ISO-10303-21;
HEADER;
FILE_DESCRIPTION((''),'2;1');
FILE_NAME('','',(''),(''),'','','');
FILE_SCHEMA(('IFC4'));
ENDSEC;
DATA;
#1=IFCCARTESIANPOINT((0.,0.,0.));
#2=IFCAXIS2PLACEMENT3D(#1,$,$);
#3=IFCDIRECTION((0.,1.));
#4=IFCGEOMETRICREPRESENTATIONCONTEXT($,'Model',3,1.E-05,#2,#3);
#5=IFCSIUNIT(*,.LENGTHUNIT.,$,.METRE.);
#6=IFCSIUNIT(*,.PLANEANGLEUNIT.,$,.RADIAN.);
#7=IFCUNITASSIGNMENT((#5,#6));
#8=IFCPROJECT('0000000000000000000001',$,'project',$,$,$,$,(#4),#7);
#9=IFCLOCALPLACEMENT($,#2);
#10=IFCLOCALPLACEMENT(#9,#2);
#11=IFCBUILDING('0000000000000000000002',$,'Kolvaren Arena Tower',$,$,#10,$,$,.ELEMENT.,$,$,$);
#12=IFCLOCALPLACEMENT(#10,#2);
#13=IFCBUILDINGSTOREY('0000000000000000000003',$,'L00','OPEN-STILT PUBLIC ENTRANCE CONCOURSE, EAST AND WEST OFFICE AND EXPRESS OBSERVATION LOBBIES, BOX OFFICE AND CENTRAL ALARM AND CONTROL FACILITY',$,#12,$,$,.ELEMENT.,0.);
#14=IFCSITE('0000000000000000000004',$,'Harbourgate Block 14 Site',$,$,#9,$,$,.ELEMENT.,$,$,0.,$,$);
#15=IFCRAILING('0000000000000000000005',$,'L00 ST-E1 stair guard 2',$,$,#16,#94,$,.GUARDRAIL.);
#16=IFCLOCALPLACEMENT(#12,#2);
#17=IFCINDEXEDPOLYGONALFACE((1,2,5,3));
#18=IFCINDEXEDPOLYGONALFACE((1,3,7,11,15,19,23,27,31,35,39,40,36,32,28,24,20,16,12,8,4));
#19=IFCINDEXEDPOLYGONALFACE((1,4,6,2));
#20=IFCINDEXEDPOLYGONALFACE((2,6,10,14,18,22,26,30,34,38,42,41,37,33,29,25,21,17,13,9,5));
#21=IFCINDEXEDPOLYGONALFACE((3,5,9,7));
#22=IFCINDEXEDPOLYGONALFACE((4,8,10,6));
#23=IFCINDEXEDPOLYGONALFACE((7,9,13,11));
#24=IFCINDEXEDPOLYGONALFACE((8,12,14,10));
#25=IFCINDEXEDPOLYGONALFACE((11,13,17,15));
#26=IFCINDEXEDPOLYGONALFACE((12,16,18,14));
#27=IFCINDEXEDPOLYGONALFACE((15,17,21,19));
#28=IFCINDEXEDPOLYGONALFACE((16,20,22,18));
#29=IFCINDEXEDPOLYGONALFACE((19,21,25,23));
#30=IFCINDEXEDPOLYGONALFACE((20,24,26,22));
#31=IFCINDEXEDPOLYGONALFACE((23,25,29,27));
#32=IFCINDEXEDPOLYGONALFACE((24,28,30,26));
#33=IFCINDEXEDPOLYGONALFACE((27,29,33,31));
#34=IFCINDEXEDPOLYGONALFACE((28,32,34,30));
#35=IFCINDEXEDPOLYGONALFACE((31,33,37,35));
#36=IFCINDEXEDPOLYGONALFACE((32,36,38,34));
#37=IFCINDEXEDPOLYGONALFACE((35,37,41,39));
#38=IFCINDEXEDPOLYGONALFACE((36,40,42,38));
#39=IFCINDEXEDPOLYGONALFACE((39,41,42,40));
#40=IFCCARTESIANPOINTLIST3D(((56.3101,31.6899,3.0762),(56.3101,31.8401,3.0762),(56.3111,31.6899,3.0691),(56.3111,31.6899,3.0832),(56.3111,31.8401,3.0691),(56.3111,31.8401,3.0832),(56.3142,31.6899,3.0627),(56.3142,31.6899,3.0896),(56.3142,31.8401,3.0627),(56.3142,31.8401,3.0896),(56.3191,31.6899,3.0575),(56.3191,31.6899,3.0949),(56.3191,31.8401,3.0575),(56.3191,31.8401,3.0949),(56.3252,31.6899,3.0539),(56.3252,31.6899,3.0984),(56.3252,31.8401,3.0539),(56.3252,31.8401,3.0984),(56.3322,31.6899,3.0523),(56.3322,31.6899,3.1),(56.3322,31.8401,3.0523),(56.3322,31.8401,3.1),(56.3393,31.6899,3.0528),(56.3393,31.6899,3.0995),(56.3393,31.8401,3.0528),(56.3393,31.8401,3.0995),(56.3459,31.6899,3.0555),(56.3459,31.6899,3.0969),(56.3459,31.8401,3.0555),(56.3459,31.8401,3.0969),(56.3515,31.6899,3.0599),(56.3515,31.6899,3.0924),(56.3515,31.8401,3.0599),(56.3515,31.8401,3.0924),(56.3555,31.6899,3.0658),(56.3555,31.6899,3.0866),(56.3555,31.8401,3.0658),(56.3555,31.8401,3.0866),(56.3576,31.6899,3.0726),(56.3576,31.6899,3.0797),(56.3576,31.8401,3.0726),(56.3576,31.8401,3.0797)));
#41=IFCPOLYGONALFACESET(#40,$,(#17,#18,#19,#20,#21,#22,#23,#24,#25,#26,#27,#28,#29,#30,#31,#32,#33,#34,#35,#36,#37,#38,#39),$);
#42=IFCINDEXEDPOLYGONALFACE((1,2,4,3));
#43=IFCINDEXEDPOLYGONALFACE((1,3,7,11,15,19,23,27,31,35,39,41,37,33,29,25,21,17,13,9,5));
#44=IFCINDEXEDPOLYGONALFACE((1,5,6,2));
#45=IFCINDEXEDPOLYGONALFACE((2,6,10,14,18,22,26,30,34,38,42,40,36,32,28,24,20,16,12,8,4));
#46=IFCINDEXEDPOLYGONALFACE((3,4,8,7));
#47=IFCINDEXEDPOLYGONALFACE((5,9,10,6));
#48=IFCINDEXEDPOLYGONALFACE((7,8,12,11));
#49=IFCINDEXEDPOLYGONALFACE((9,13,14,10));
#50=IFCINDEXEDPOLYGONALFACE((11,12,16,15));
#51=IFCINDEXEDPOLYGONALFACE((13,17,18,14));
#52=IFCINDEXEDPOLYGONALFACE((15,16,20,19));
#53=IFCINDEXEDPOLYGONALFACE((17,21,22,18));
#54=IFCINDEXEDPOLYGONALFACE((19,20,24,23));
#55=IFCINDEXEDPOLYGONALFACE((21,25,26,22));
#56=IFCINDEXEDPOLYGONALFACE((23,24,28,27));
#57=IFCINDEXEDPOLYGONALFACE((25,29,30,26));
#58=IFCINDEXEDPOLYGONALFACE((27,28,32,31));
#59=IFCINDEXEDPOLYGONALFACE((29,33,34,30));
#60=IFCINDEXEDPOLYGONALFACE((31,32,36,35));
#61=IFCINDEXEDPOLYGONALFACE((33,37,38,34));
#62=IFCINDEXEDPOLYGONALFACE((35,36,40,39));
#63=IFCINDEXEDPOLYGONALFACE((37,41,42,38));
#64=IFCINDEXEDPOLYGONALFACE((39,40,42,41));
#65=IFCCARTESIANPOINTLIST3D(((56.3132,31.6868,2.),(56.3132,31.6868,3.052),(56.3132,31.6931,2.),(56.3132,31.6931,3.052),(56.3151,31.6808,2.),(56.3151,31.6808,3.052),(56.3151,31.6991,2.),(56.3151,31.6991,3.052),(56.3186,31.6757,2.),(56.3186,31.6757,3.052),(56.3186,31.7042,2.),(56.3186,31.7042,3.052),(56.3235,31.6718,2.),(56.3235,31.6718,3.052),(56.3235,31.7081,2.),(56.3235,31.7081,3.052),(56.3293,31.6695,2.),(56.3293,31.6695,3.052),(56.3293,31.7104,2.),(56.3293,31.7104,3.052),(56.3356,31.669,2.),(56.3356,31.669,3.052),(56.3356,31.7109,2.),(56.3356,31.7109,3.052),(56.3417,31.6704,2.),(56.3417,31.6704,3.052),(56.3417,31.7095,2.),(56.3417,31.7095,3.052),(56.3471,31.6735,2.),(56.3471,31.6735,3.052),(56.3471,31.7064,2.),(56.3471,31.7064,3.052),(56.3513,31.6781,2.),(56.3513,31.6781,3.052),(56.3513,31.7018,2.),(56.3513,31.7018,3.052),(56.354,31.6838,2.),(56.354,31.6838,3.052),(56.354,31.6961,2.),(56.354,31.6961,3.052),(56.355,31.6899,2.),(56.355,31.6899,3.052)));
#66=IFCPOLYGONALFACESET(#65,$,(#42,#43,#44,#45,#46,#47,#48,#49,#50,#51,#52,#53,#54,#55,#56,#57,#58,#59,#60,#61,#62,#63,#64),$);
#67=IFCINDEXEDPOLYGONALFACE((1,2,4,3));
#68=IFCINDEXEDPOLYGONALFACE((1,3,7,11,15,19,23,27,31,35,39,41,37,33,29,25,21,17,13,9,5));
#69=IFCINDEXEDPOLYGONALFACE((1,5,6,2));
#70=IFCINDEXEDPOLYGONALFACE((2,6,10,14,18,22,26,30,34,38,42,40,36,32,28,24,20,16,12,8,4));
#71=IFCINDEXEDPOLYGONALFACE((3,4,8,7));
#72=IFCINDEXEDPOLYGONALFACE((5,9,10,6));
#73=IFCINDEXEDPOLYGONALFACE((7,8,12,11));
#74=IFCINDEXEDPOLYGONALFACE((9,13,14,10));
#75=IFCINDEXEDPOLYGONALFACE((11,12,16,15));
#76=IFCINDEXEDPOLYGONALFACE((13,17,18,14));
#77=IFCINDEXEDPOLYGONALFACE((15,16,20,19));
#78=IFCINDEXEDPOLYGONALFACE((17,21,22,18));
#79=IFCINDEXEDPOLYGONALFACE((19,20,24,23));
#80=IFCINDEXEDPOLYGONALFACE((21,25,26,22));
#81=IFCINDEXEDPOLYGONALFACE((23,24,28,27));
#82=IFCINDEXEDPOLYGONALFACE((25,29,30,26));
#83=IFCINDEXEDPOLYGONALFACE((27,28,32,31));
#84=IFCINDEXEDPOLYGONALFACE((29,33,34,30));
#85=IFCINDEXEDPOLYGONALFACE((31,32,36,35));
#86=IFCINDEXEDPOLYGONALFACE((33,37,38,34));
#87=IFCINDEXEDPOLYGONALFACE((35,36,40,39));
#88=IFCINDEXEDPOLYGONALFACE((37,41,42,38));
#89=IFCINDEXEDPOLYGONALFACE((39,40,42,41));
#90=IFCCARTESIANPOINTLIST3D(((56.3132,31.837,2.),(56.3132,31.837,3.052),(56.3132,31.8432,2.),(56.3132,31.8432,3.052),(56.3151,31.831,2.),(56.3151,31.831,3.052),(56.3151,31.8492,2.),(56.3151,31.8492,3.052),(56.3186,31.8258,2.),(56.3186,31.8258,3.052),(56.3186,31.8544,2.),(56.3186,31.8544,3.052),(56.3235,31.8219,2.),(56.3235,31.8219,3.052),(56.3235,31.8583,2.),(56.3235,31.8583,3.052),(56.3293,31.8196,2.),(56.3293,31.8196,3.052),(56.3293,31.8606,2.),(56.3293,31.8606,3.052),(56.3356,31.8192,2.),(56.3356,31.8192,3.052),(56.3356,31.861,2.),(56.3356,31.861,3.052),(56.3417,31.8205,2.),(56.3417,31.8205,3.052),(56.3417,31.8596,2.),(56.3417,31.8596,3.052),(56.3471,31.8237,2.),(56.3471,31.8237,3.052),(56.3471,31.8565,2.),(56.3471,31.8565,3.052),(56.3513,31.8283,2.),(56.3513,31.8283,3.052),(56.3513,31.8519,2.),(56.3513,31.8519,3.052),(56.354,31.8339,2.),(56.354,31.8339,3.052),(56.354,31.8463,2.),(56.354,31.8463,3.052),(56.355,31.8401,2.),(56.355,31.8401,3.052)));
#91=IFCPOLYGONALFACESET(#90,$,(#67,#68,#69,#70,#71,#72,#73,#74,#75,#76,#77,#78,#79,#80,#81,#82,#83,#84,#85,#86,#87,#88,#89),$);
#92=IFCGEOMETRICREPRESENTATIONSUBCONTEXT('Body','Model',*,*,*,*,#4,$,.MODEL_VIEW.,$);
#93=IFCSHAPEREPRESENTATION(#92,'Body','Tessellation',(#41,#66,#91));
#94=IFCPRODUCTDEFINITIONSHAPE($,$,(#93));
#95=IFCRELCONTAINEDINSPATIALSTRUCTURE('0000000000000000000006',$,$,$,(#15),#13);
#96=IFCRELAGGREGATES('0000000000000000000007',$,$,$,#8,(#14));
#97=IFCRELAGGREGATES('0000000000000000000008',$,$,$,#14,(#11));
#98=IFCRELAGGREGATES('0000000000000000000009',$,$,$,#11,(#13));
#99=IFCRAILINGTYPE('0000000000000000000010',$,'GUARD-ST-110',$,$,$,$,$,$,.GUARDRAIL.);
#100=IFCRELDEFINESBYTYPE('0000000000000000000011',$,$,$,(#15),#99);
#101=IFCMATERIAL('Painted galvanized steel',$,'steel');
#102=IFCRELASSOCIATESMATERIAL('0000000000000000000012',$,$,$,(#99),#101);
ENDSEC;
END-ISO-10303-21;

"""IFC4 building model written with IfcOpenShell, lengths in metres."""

from ifc_helpers import new_model, si_unit, direction, frame, origin, origin_2d, place, context, subcontext, project, spatial, circle, extrude, material, type_object, element, save


model = new_model("IFC4")

# Units and contexts
model_context = context("Model", 3, precision=1e-05, world=origin(), true_north=direction((0.0, 1.0)))
body_context = subcontext(model_context, "Body", "Model", "MODEL_VIEW")
ifc_project = project(units=[si_unit("LENGTHUNIT", "METRE"), si_unit("PLANEANGLEUNIT", "RADIAN")], contexts=[model_context])

# Site, building, storey
site_placement = place(None, origin())
site = spatial("IfcSite", under=ifc_project, at=site_placement, Name="Harbourgate Block 14 Site", CompositionType="ELEMENT", RefElevation=0.0)
building_placement = place(site_placement, origin())
building = spatial("IfcBuilding", under=site, at=building_placement, Name="Kolvaren Arena Tower", CompositionType="ELEMENT")
storey_placement = place(building_placement, origin())
storey = spatial("IfcBuildingStorey", under=building, at=storey_placement, Name="L00", Description="OPEN-STILT PUBLIC ENTRANCE CONCOURSE, EAST AND WEST OFFICE AND EXPRESS OBSERVATION LOBBIES, BOX OFFICE AND CENTRAL ALARM AND CONTROL FACILITY", CompositionType="ELEMENT", Elevation=0.0)

# Railing
ifc_material_1 = material(Name="Painted galvanized steel", Category="steel")
railing_type_1 = type_object("IfcRailingType", Name="GUARD-ST-110", PredefinedType="GUARDRAIL", material=ifc_material_1)
railing_1_placement = place(storey_placement, frame((56.334, 31.6899, 2.0)))
element("IfcRailing", 1, at=railing_1_placement, inside=storey, type_object=railing_type_1, Name="L00 ST-E1 stair guard 2", PredefinedType="GUARDRAIL", context=body_context, shape_type="SweptSolid", body=[
    extrude(circle(Radius=0.0239, at=origin_2d()), frame((0.0, 0.0, 1.0762), z_axis=(0.0, 1.0, 0.0), x_axis=(-1.0, 0.0, 0.0)), (0.0, 0.0, 1.0), 0.1501),
    extrude(circle(Radius=0.021, at=origin_2d()), origin(), (0.0, 0.0, 1.0), 1.052),
    extrude(circle(Radius=0.021, at=origin_2d()), frame((0.0, 0.1501, 0.0)), (0.0, 0.0, 1.0), 1.052),
])

save(model, "model.ifc")
